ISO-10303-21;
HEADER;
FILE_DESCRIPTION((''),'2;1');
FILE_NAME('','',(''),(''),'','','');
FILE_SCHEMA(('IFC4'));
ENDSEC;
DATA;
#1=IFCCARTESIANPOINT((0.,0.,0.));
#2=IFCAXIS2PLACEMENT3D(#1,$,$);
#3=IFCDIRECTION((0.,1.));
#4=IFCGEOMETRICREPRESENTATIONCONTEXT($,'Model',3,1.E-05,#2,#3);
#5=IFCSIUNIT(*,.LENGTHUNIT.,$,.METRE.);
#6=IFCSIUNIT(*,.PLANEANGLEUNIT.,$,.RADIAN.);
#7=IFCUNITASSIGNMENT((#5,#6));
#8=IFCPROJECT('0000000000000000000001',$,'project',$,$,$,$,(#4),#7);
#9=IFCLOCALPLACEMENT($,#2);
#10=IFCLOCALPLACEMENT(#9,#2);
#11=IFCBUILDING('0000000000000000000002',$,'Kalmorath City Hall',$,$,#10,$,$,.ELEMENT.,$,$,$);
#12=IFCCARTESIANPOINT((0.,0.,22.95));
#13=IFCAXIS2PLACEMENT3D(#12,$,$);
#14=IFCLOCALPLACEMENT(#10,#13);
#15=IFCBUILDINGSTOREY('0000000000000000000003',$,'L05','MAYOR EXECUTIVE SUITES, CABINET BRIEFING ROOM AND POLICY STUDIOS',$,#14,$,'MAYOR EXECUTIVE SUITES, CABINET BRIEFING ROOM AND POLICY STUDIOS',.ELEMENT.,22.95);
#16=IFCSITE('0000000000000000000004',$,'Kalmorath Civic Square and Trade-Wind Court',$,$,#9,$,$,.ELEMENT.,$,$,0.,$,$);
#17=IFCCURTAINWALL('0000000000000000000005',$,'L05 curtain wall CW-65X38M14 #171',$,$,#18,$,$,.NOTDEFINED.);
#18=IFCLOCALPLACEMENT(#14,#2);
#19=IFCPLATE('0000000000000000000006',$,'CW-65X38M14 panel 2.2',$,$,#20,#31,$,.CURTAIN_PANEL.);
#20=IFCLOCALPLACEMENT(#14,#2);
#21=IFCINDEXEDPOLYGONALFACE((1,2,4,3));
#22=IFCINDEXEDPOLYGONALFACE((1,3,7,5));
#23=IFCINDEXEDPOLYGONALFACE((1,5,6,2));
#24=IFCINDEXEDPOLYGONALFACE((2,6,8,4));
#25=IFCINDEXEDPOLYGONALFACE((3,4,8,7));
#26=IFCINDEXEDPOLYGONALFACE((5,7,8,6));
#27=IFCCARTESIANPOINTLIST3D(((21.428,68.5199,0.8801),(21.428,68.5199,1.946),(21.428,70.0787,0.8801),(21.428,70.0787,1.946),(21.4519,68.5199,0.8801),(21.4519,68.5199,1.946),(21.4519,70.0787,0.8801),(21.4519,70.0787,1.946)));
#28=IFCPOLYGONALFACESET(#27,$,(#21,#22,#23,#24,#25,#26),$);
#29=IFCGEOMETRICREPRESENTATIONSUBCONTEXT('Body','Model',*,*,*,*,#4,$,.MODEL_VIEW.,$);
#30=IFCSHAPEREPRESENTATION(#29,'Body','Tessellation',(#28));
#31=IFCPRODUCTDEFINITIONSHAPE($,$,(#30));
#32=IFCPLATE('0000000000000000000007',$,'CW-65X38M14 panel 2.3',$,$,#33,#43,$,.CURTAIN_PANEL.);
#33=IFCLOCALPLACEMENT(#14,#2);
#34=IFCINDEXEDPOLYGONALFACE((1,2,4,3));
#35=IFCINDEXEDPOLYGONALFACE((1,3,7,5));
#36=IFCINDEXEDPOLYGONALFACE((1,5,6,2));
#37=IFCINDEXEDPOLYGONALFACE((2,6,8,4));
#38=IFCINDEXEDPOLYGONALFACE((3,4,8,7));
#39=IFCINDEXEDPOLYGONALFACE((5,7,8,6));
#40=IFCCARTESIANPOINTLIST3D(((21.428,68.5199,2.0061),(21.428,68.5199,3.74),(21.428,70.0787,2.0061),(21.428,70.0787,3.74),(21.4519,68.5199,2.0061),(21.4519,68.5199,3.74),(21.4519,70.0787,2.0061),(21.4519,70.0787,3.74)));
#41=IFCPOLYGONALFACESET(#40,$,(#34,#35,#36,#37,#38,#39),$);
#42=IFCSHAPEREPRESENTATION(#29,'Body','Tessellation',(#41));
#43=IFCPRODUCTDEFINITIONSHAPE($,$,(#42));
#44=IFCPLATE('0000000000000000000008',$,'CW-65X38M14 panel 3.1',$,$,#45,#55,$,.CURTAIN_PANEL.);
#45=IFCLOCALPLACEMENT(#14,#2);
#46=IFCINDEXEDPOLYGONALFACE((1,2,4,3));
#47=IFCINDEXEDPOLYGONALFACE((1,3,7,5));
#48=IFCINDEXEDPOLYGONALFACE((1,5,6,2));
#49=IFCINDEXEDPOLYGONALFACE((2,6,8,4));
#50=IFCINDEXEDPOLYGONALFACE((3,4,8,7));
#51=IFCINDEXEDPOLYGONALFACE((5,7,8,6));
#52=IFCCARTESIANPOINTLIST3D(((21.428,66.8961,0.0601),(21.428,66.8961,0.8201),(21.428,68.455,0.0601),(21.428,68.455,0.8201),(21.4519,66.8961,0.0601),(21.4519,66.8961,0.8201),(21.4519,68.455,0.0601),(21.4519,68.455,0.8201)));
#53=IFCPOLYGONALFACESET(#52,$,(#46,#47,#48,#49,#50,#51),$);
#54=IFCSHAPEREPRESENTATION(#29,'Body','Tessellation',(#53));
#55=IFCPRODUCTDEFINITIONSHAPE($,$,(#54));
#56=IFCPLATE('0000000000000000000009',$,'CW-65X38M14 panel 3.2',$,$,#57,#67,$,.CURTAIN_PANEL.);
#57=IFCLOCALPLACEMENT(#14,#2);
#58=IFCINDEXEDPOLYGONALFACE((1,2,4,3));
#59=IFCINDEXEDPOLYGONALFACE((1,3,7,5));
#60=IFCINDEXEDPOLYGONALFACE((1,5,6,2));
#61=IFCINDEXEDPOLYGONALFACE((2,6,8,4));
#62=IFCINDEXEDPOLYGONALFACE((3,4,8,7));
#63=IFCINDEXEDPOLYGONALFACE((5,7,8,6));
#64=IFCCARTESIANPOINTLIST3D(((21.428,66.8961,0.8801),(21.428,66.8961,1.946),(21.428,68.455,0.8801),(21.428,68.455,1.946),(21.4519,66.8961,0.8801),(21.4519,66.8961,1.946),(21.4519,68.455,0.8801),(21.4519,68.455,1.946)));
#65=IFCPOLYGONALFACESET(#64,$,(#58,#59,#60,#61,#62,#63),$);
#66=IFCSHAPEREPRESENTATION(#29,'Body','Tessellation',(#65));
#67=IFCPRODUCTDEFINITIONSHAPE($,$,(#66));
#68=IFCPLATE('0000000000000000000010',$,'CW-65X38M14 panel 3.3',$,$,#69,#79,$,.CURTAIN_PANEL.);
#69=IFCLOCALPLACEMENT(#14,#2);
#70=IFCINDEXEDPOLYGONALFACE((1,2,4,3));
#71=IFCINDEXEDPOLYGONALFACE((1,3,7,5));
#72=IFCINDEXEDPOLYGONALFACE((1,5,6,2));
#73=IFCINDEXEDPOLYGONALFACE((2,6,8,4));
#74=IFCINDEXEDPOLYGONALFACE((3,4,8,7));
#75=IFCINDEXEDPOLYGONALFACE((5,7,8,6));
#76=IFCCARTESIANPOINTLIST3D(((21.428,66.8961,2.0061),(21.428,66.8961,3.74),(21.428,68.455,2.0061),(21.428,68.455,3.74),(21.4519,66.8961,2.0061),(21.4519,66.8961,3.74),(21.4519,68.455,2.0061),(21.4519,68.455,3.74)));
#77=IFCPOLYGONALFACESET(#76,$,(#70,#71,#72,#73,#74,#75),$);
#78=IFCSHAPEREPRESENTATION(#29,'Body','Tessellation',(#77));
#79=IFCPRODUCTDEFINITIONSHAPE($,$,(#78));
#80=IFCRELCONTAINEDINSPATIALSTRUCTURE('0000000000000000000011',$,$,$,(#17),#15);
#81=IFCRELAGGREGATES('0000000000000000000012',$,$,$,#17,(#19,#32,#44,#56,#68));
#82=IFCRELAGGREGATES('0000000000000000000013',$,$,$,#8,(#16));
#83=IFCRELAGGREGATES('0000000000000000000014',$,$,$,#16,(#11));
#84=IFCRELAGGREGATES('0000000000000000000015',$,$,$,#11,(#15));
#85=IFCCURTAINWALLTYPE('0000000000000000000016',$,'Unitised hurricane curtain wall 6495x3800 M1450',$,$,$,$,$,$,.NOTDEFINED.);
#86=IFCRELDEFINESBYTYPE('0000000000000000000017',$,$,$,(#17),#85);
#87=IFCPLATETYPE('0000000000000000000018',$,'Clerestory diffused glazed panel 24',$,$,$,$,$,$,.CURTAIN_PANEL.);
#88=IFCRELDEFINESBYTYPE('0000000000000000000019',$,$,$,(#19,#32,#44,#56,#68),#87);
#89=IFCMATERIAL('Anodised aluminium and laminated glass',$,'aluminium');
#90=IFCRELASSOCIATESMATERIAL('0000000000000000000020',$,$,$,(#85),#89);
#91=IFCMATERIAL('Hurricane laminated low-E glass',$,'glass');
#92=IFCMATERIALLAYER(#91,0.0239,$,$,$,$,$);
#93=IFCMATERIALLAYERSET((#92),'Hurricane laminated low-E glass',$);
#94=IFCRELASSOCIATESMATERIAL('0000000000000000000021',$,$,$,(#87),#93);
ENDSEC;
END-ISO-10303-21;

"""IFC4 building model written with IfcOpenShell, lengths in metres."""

from ifc_helpers import new_model, si_unit, direction, frame, origin, origin_2d, place, context, subcontext, project, spatial, rectangle, extrude, material, layer, layer_set, type_object, element, aggregate, save


model = new_model("IFC4")

# Units and contexts
model_context = context("Model", 3, precision=1e-05, world=origin(), true_north=direction((0.0, 1.0)))
body_context = subcontext(model_context, "Body", "Model", "MODEL_VIEW")
ifc_project = project(units=[si_unit("LENGTHUNIT", "METRE"), si_unit("PLANEANGLEUNIT", "RADIAN")], contexts=[model_context])

# Site, building, storey
site_placement = place(None, origin())
site = spatial("IfcSite", under=ifc_project, at=site_placement, Name="Kalmorath Civic Square and Trade-Wind Court", CompositionType="ELEMENT", RefElevation=0.0)
building_placement = place(site_placement, origin())
building = spatial("IfcBuilding", under=site, at=building_placement, Name="Kalmorath City Hall", CompositionType="ELEMENT")
storey_placement = place(building_placement, frame((0.0, 0.0, 22.95)))
storey = spatial("IfcBuildingStorey", under=building, at=storey_placement, Name="L05", Description="MAYOR EXECUTIVE SUITES, CABINET BRIEFING ROOM AND POLICY STUDIOS", LongName="MAYOR EXECUTIVE SUITES, CABINET BRIEFING ROOM AND POLICY STUDIOS", CompositionType="ELEMENT", Elevation=22.95)

# Curtain wall, plates
ifc_material_1 = material(Name="Anodised aluminium and laminated glass", Category="aluminium")
curtain_wall_type = type_object("IfcCurtainWallType", Name="Unitised hurricane curtain wall 6495x3800 M1450", PredefinedType="NOTDEFINED", material=ifc_material_1)
curtain_wall_placement = place(storey_placement, origin())
curtain_wall = element("IfcCurtainWall", 1, at=curtain_wall_placement, inside=storey, type_object=curtain_wall_type, Name="L05 curtain wall CW-65X38M14 #171", PredefinedType="NOTDEFINED")
ifc_material_2 = material(Name="Hurricane laminated low-E glass", Category="glass")
ifc_layer = layer(ifc_material_2, 0.0239)
ifc_layer_set = layer_set([ifc_layer], Name="Hurricane laminated low-E glass")
plate_type = type_object("IfcPlateType", Name="Clerestory diffused glazed panel 24", PredefinedType="CURTAIN_PANEL", material=ifc_layer_set)
plate_1_placement = place(storey_placement, frame((21.4399, 69.2993, 0.8801), z_axis=(0.0, 0.0, 1.0), x_axis=(0.0, -1.0, 0.0)))
plate_1 = element("IfcPlate", 2, at=plate_1_placement, type_object=plate_type, Name="CW-65X38M14 panel 2.2", PredefinedType="CURTAIN_PANEL", context=body_context, shape_type="SweptSolid", body=[
    extrude(rectangle(XDim=1.5588, YDim=0.0239, at=origin_2d()), origin(), (0.0, 0.0, 1.0), 1.0659),
])
plate_2_placement = place(storey_placement, frame((21.4399, 69.2993, 2.0061), z_axis=(0.0, 0.0, 1.0), x_axis=(0.0, -1.0, 0.0)))
plate_2 = element("IfcPlate", 3, at=plate_2_placement, type_object=plate_type, Name="CW-65X38M14 panel 2.3", PredefinedType="CURTAIN_PANEL", context=body_context, shape_type="SweptSolid", body=[
    extrude(rectangle(XDim=1.5588, YDim=0.0239, at=origin_2d()), origin(), (0.0, 0.0, 1.0), 1.7339),
])
plate_3_placement = place(storey_placement, frame((21.4399, 67.6755, 0.0601), z_axis=(0.0, 0.0, 1.0), x_axis=(0.0, -1.0, 0.0)))
plate_3 = element("IfcPlate", 4, at=plate_3_placement, type_object=plate_type, Name="CW-65X38M14 panel 3.1", PredefinedType="CURTAIN_PANEL", context=body_context, shape_type="SweptSolid", body=[
    extrude(rectangle(XDim=1.5588, YDim=0.0239, at=origin_2d()), origin(), (0.0, 0.0, 1.0), 0.76),
])
plate_4_placement = place(storey_placement, frame((21.4399, 67.6755, 0.8801), z_axis=(0.0, 0.0, 1.0), x_axis=(0.0, -1.0, 0.0)))
plate_4 = element("IfcPlate", 5, at=plate_4_placement, type_object=plate_type, Name="CW-65X38M14 panel 3.2", PredefinedType="CURTAIN_PANEL", context=body_context, shape_type="SweptSolid", body=[
    extrude(rectangle(XDim=1.5588, YDim=0.0239, at=origin_2d()), origin(), (0.0, 0.0, 1.0), 1.0659),
])
plate_5_placement = place(storey_placement, frame((21.4399, 67.6755, 2.0061), z_axis=(0.0, 0.0, 1.0), x_axis=(0.0, -1.0, 0.0)))
plate_5 = element("IfcPlate", 6, at=plate_5_placement, type_object=plate_type, Name="CW-65X38M14 panel 3.3", PredefinedType="CURTAIN_PANEL", context=body_context, shape_type="SweptSolid", body=[
    extrude(rectangle(XDim=1.5588, YDim=0.0239, at=origin_2d()), origin(), (0.0, 0.0, 1.0), 1.7339),
])
aggregate(curtain_wall, [plate_1, plate_2, plate_3, plate_4, plate_5])

save(model, "model.ifc")
